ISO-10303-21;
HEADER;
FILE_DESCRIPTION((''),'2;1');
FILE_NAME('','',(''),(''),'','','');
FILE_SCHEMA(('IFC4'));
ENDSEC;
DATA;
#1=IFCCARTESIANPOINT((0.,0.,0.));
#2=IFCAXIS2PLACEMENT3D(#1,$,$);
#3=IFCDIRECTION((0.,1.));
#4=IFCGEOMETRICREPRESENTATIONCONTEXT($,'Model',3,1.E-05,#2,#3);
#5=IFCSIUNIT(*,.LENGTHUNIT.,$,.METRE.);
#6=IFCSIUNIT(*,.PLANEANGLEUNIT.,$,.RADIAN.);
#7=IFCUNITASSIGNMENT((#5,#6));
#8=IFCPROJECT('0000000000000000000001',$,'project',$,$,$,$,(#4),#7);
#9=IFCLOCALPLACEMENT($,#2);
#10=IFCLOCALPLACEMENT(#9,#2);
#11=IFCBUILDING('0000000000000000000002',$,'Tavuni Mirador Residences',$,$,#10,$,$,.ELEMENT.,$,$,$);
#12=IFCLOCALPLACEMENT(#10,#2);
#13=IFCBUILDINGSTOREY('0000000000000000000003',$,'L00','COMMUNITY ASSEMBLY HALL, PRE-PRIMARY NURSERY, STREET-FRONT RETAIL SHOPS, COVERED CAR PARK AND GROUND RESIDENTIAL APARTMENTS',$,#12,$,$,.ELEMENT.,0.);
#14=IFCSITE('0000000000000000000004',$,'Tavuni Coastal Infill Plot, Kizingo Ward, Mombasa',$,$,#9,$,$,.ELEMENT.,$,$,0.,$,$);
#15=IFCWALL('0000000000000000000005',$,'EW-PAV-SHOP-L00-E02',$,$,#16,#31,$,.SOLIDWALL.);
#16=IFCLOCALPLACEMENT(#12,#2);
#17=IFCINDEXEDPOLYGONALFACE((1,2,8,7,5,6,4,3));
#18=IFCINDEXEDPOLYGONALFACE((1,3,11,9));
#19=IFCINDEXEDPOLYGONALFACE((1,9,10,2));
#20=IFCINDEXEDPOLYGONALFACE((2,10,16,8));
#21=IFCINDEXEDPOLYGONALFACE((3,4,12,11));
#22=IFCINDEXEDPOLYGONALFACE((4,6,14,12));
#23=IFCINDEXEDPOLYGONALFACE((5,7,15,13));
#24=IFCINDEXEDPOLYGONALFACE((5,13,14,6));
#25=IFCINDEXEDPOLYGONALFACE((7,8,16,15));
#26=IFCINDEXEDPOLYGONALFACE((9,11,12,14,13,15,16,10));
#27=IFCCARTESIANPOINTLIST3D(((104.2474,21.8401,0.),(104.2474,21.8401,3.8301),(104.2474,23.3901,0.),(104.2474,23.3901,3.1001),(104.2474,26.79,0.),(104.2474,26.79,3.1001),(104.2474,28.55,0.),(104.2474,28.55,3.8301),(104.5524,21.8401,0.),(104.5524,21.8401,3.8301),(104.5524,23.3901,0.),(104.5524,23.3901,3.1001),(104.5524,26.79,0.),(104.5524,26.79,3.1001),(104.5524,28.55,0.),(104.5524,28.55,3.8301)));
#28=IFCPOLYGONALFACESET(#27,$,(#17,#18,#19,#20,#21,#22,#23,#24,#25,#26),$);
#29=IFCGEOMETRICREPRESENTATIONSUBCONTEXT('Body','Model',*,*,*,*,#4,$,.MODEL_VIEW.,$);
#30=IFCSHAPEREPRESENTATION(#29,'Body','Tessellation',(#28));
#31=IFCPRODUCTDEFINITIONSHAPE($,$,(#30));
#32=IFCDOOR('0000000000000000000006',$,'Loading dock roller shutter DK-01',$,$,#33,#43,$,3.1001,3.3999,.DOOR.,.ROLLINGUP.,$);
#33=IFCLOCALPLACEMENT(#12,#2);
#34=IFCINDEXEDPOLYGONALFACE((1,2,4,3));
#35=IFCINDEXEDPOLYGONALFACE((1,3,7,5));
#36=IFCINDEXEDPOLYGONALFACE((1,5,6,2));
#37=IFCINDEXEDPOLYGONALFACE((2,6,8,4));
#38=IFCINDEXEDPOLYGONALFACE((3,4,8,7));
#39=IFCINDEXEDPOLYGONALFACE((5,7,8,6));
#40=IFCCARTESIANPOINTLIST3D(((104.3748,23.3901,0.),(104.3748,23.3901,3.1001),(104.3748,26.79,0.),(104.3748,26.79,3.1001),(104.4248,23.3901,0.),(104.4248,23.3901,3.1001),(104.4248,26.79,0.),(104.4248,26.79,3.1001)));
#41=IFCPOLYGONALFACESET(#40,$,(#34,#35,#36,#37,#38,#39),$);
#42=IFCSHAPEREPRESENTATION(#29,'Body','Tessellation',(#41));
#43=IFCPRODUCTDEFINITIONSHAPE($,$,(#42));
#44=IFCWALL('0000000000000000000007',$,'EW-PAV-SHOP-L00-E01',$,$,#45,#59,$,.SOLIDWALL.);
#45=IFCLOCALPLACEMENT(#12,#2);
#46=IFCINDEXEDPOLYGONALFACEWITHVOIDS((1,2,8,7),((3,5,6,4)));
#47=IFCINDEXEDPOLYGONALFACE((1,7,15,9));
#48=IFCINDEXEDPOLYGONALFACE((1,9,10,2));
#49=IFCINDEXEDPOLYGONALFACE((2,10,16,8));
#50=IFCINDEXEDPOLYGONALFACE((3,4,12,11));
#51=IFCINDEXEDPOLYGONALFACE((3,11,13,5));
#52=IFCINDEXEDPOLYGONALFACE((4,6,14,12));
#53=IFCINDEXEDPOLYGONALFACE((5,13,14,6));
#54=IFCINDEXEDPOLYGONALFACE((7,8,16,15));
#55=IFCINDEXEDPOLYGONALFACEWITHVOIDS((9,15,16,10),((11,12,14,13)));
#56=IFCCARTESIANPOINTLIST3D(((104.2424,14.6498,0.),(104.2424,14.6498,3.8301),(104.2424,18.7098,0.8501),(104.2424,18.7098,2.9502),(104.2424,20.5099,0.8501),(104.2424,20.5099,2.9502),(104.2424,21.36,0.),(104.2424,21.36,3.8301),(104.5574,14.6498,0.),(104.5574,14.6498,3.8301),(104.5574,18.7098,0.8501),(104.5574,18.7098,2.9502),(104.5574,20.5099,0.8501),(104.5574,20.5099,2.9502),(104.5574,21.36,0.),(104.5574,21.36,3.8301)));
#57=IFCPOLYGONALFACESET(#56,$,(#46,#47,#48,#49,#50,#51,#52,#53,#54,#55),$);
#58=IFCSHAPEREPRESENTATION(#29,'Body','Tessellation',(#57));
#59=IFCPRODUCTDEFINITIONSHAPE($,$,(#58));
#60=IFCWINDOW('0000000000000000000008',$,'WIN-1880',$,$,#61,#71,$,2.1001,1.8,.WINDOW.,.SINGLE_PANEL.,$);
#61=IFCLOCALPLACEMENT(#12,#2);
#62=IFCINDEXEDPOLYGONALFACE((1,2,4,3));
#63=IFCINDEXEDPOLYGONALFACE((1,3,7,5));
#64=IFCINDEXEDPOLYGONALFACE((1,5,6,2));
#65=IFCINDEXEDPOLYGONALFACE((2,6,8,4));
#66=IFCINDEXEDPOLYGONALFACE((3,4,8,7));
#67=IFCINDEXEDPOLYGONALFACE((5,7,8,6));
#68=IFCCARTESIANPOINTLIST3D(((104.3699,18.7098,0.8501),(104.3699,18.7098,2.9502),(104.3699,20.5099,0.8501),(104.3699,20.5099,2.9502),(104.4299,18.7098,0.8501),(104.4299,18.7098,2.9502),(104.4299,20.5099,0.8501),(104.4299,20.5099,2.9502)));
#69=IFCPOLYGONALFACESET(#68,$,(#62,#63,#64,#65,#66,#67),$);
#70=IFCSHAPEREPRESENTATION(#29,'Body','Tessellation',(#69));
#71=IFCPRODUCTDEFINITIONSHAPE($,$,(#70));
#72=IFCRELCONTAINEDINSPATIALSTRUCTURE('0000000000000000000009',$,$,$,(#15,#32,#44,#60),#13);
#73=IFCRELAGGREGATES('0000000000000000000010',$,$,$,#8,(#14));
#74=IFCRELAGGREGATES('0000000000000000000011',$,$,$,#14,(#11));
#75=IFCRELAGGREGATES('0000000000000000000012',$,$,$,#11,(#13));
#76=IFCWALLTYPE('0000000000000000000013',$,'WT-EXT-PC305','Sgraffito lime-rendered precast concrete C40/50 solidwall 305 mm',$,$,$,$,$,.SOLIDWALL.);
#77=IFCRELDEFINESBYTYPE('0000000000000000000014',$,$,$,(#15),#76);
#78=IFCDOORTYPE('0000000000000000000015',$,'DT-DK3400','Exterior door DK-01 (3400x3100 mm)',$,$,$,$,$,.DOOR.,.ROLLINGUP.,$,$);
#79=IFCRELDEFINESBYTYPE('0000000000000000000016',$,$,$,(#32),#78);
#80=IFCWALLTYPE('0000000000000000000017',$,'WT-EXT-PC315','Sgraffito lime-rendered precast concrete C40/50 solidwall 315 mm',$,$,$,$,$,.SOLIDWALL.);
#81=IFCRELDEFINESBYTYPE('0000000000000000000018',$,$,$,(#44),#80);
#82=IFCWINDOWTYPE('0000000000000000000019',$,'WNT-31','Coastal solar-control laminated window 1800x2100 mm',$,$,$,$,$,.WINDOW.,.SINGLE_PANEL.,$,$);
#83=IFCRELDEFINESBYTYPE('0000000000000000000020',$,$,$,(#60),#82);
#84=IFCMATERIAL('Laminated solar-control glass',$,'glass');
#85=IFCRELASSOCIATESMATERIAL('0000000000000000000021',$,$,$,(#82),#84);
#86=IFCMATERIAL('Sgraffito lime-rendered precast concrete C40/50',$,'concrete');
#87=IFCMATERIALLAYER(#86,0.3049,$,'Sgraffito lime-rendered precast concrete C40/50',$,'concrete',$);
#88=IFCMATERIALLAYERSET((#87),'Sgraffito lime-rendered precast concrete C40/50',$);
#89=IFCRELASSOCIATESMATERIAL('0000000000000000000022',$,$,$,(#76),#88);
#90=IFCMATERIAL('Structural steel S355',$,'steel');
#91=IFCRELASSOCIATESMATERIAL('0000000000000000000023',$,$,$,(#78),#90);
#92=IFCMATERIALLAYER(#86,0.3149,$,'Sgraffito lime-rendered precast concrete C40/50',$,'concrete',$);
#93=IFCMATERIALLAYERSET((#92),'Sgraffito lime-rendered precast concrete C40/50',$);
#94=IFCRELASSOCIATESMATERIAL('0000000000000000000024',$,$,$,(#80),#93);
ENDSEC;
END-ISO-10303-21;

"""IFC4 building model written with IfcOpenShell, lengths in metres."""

from ifc_helpers import new_model, si_unit, direction, frame, frame_2d, origin, place, context, subcontext, project, spatial, rectangle, extrude, material, layer, layer_set, type_object, element, fill, save


model = new_model("IFC4")

# Units and contexts
model_context = context("Model", 3, precision=1e-05, world=origin(), true_north=direction((0.0, 1.0)))
body_context = subcontext(model_context, "Body", "Model", "MODEL_VIEW")
ifc_project = project(units=[si_unit("LENGTHUNIT", "METRE"), si_unit("PLANEANGLEUNIT", "RADIAN")], contexts=[model_context])

# Site, building, storey
site_placement = place(None, origin())
site = spatial("IfcSite", under=ifc_project, at=site_placement, Name="Tavuni Coastal Infill Plot, Kizingo Ward, Mombasa", CompositionType="ELEMENT", RefElevation=0.0)
building_placement = place(site_placement, origin())
building = spatial("IfcBuilding", under=site, at=building_placement, Name="Tavuni Mirador Residences", CompositionType="ELEMENT")
storey_placement = place(building_placement, origin())
storey = spatial("IfcBuildingStorey", under=building, at=storey_placement, Name="L00", Description="COMMUNITY ASSEMBLY HALL, PRE-PRIMARY NURSERY, STREET-FRONT RETAIL SHOPS, COVERED CAR PARK AND GROUND RESIDENTIAL APARTMENTS", CompositionType="ELEMENT", Elevation=0.0)

# Shared definitions
ifc_material_1 = material(Name="Structural steel S355", Category="steel")

# Shared definitions
ifc_material_2 = material(Name="Sgraffito lime-rendered precast concrete C40/50", Category="concrete")
ifc_material_3 = material(Name="Laminated solar-control glass", Category="glass")
window_type = type_object("IfcWindowType", Name="WNT-31", Description="Coastal solar-control laminated window 1800x2100 mm", PartitioningType="SINGLE_PANEL", PredefinedType="WINDOW", material=ifc_material_3)

# Wall, opening, door
ifc_layer_1 = layer(ifc_material_2, 0.3049, Name="Sgraffito lime-rendered precast concrete C40/50", Category="concrete")
ifc_layer_set_1 = layer_set([ifc_layer_1], Name="Sgraffito lime-rendered precast concrete C40/50")
wall_type_1 = type_object("IfcWallType", Name="WT-EXT-PC305", Description="Sgraffito lime-rendered precast concrete C40/50 solidwall 305 mm", PredefinedType="SOLIDWALL", material=ifc_layer_set_1)
wall_1_placement = place(storey_placement, frame((104.3999, 21.8401, 0.0), z_axis=(0.0, 0.0, 1.0), x_axis=(0.0, 1.0, 0.0)))
wall_1 = element("IfcWall", 1, at=wall_1_placement, inside=storey, type_object=wall_type_1, Name="EW-PAV-SHOP-L00-E02", PredefinedType="SOLIDWALL", context=body_context, shape_type="SweptSolid", body=[
    extrude(rectangle(XDim=6.71, YDim=0.3049, at=frame_2d((3.355, 0.0))), origin(), (0.0, 0.0, 1.0), 3.8301),
])
opening_1_placement = place(wall_1_placement, frame((1.55, 0.0, 0.0)))
opening_1 = element("IfcOpeningElement", 2, at=opening_1_placement, cuts=wall_1, PredefinedType="OPENING", context=body_context, shape_type="SweptSolid", body=[
    extrude(rectangle(XDim=3.3999, YDim=3.1001, at=frame_2d((1.7, 1.55))), frame((0.0, 0.1626, 0.0), z_axis=(0.0, -1.0, 0.0), x_axis=(1.0, 0.0, 0.0)), (0.0, 0.0, 1.0), 0.325),
])
door_type = type_object("IfcDoorType", Name="DT-DK3400", Description="Exterior door DK-01 (3400x3100 mm)", OperationType="ROLLINGUP", PredefinedType="DOOR", material=ifc_material_1)
door_placement = place(opening_1_placement, frame((3.3999, 0.0, 0.0), z_axis=(0.0, 0.0, 1.0), x_axis=(-1.0, 0.0, 0.0)))
door = element("IfcDoor", 3, at=door_placement, inside=storey, type_object=door_type, Name="Loading dock roller shutter DK-01", OperationType="ROLLINGUP", OverallHeight=3.1001, OverallWidth=3.3999, PredefinedType="DOOR", context=body_context, shape_type="SweptSolid", body=[
    extrude(rectangle(XDim=3.3999, YDim=3.1001, at=frame_2d((1.7, 1.55))), frame((0.0, 0.0249, 0.0), z_axis=(0.0, -1.0, 0.0), x_axis=(1.0, 0.0, 0.0)), (0.0, 0.0, 1.0), 0.05),
])
fill(opening_1, door)

# Wall, opening, window
ifc_layer_2 = layer(ifc_material_2, 0.3149, Name="Sgraffito lime-rendered precast concrete C40/50", Category="concrete")
ifc_layer_set_2 = layer_set([ifc_layer_2], Name="Sgraffito lime-rendered precast concrete C40/50")
wall_type_2 = type_object("IfcWallType", Name="WT-EXT-PC315", Description="Sgraffito lime-rendered precast concrete C40/50 solidwall 315 mm", PredefinedType="SOLIDWALL", material=ifc_layer_set_2)
wall_2_placement = place(storey_placement, frame((104.3999, 14.6499, 0.0), z_axis=(0.0, 0.0, 1.0), x_axis=(0.0, 1.0, 0.0)))
wall_2 = element("IfcWall", 4, at=wall_2_placement, inside=storey, type_object=wall_type_2, Name="EW-PAV-SHOP-L00-E01", PredefinedType="SOLIDWALL", context=body_context, shape_type="SweptSolid", body=[
    extrude(rectangle(XDim=6.7102, YDim=0.3149, at=frame_2d((3.355, 0.0))), origin(), (0.0, 0.0, 1.0), 3.8301),
])
opening_2_placement = place(wall_2_placement, frame((4.0601, 0.0, 0.8501)))
opening_2 = element("IfcOpeningElement", 5, at=opening_2_placement, cuts=wall_2, PredefinedType="OPENING", context=body_context, shape_type="SweptSolid", body=[
    extrude(rectangle(XDim=1.8, YDim=2.1001, at=frame_2d((0.8999, 1.05))), frame((0.0, 0.1675, 0.0), z_axis=(0.0, -1.0, 0.0), x_axis=(1.0, 0.0, 0.0)), (0.0, 0.0, 1.0), 0.335),
])
window_1_placement = place(opening_2_placement, origin())
window_1 = element("IfcWindow", 6, at=window_1_placement, inside=storey, type_object=window_type, Name="WIN-1880", OverallHeight=2.1001, OverallWidth=1.8, PartitioningType="SINGLE_PANEL", PredefinedType="WINDOW", context=body_context, shape_type="SweptSolid", body=[
    extrude(rectangle(XDim=1.8, YDim=2.1001, at=frame_2d((0.8999, 1.05))), frame((0.0, 0.03, 0.0), z_axis=(0.0, -1.0, 0.0), x_axis=(1.0, 0.0, 0.0)), (0.0, 0.0, 1.0), 0.0601),
])
fill(opening_2, window_1)

save(model, "model.ifc")
